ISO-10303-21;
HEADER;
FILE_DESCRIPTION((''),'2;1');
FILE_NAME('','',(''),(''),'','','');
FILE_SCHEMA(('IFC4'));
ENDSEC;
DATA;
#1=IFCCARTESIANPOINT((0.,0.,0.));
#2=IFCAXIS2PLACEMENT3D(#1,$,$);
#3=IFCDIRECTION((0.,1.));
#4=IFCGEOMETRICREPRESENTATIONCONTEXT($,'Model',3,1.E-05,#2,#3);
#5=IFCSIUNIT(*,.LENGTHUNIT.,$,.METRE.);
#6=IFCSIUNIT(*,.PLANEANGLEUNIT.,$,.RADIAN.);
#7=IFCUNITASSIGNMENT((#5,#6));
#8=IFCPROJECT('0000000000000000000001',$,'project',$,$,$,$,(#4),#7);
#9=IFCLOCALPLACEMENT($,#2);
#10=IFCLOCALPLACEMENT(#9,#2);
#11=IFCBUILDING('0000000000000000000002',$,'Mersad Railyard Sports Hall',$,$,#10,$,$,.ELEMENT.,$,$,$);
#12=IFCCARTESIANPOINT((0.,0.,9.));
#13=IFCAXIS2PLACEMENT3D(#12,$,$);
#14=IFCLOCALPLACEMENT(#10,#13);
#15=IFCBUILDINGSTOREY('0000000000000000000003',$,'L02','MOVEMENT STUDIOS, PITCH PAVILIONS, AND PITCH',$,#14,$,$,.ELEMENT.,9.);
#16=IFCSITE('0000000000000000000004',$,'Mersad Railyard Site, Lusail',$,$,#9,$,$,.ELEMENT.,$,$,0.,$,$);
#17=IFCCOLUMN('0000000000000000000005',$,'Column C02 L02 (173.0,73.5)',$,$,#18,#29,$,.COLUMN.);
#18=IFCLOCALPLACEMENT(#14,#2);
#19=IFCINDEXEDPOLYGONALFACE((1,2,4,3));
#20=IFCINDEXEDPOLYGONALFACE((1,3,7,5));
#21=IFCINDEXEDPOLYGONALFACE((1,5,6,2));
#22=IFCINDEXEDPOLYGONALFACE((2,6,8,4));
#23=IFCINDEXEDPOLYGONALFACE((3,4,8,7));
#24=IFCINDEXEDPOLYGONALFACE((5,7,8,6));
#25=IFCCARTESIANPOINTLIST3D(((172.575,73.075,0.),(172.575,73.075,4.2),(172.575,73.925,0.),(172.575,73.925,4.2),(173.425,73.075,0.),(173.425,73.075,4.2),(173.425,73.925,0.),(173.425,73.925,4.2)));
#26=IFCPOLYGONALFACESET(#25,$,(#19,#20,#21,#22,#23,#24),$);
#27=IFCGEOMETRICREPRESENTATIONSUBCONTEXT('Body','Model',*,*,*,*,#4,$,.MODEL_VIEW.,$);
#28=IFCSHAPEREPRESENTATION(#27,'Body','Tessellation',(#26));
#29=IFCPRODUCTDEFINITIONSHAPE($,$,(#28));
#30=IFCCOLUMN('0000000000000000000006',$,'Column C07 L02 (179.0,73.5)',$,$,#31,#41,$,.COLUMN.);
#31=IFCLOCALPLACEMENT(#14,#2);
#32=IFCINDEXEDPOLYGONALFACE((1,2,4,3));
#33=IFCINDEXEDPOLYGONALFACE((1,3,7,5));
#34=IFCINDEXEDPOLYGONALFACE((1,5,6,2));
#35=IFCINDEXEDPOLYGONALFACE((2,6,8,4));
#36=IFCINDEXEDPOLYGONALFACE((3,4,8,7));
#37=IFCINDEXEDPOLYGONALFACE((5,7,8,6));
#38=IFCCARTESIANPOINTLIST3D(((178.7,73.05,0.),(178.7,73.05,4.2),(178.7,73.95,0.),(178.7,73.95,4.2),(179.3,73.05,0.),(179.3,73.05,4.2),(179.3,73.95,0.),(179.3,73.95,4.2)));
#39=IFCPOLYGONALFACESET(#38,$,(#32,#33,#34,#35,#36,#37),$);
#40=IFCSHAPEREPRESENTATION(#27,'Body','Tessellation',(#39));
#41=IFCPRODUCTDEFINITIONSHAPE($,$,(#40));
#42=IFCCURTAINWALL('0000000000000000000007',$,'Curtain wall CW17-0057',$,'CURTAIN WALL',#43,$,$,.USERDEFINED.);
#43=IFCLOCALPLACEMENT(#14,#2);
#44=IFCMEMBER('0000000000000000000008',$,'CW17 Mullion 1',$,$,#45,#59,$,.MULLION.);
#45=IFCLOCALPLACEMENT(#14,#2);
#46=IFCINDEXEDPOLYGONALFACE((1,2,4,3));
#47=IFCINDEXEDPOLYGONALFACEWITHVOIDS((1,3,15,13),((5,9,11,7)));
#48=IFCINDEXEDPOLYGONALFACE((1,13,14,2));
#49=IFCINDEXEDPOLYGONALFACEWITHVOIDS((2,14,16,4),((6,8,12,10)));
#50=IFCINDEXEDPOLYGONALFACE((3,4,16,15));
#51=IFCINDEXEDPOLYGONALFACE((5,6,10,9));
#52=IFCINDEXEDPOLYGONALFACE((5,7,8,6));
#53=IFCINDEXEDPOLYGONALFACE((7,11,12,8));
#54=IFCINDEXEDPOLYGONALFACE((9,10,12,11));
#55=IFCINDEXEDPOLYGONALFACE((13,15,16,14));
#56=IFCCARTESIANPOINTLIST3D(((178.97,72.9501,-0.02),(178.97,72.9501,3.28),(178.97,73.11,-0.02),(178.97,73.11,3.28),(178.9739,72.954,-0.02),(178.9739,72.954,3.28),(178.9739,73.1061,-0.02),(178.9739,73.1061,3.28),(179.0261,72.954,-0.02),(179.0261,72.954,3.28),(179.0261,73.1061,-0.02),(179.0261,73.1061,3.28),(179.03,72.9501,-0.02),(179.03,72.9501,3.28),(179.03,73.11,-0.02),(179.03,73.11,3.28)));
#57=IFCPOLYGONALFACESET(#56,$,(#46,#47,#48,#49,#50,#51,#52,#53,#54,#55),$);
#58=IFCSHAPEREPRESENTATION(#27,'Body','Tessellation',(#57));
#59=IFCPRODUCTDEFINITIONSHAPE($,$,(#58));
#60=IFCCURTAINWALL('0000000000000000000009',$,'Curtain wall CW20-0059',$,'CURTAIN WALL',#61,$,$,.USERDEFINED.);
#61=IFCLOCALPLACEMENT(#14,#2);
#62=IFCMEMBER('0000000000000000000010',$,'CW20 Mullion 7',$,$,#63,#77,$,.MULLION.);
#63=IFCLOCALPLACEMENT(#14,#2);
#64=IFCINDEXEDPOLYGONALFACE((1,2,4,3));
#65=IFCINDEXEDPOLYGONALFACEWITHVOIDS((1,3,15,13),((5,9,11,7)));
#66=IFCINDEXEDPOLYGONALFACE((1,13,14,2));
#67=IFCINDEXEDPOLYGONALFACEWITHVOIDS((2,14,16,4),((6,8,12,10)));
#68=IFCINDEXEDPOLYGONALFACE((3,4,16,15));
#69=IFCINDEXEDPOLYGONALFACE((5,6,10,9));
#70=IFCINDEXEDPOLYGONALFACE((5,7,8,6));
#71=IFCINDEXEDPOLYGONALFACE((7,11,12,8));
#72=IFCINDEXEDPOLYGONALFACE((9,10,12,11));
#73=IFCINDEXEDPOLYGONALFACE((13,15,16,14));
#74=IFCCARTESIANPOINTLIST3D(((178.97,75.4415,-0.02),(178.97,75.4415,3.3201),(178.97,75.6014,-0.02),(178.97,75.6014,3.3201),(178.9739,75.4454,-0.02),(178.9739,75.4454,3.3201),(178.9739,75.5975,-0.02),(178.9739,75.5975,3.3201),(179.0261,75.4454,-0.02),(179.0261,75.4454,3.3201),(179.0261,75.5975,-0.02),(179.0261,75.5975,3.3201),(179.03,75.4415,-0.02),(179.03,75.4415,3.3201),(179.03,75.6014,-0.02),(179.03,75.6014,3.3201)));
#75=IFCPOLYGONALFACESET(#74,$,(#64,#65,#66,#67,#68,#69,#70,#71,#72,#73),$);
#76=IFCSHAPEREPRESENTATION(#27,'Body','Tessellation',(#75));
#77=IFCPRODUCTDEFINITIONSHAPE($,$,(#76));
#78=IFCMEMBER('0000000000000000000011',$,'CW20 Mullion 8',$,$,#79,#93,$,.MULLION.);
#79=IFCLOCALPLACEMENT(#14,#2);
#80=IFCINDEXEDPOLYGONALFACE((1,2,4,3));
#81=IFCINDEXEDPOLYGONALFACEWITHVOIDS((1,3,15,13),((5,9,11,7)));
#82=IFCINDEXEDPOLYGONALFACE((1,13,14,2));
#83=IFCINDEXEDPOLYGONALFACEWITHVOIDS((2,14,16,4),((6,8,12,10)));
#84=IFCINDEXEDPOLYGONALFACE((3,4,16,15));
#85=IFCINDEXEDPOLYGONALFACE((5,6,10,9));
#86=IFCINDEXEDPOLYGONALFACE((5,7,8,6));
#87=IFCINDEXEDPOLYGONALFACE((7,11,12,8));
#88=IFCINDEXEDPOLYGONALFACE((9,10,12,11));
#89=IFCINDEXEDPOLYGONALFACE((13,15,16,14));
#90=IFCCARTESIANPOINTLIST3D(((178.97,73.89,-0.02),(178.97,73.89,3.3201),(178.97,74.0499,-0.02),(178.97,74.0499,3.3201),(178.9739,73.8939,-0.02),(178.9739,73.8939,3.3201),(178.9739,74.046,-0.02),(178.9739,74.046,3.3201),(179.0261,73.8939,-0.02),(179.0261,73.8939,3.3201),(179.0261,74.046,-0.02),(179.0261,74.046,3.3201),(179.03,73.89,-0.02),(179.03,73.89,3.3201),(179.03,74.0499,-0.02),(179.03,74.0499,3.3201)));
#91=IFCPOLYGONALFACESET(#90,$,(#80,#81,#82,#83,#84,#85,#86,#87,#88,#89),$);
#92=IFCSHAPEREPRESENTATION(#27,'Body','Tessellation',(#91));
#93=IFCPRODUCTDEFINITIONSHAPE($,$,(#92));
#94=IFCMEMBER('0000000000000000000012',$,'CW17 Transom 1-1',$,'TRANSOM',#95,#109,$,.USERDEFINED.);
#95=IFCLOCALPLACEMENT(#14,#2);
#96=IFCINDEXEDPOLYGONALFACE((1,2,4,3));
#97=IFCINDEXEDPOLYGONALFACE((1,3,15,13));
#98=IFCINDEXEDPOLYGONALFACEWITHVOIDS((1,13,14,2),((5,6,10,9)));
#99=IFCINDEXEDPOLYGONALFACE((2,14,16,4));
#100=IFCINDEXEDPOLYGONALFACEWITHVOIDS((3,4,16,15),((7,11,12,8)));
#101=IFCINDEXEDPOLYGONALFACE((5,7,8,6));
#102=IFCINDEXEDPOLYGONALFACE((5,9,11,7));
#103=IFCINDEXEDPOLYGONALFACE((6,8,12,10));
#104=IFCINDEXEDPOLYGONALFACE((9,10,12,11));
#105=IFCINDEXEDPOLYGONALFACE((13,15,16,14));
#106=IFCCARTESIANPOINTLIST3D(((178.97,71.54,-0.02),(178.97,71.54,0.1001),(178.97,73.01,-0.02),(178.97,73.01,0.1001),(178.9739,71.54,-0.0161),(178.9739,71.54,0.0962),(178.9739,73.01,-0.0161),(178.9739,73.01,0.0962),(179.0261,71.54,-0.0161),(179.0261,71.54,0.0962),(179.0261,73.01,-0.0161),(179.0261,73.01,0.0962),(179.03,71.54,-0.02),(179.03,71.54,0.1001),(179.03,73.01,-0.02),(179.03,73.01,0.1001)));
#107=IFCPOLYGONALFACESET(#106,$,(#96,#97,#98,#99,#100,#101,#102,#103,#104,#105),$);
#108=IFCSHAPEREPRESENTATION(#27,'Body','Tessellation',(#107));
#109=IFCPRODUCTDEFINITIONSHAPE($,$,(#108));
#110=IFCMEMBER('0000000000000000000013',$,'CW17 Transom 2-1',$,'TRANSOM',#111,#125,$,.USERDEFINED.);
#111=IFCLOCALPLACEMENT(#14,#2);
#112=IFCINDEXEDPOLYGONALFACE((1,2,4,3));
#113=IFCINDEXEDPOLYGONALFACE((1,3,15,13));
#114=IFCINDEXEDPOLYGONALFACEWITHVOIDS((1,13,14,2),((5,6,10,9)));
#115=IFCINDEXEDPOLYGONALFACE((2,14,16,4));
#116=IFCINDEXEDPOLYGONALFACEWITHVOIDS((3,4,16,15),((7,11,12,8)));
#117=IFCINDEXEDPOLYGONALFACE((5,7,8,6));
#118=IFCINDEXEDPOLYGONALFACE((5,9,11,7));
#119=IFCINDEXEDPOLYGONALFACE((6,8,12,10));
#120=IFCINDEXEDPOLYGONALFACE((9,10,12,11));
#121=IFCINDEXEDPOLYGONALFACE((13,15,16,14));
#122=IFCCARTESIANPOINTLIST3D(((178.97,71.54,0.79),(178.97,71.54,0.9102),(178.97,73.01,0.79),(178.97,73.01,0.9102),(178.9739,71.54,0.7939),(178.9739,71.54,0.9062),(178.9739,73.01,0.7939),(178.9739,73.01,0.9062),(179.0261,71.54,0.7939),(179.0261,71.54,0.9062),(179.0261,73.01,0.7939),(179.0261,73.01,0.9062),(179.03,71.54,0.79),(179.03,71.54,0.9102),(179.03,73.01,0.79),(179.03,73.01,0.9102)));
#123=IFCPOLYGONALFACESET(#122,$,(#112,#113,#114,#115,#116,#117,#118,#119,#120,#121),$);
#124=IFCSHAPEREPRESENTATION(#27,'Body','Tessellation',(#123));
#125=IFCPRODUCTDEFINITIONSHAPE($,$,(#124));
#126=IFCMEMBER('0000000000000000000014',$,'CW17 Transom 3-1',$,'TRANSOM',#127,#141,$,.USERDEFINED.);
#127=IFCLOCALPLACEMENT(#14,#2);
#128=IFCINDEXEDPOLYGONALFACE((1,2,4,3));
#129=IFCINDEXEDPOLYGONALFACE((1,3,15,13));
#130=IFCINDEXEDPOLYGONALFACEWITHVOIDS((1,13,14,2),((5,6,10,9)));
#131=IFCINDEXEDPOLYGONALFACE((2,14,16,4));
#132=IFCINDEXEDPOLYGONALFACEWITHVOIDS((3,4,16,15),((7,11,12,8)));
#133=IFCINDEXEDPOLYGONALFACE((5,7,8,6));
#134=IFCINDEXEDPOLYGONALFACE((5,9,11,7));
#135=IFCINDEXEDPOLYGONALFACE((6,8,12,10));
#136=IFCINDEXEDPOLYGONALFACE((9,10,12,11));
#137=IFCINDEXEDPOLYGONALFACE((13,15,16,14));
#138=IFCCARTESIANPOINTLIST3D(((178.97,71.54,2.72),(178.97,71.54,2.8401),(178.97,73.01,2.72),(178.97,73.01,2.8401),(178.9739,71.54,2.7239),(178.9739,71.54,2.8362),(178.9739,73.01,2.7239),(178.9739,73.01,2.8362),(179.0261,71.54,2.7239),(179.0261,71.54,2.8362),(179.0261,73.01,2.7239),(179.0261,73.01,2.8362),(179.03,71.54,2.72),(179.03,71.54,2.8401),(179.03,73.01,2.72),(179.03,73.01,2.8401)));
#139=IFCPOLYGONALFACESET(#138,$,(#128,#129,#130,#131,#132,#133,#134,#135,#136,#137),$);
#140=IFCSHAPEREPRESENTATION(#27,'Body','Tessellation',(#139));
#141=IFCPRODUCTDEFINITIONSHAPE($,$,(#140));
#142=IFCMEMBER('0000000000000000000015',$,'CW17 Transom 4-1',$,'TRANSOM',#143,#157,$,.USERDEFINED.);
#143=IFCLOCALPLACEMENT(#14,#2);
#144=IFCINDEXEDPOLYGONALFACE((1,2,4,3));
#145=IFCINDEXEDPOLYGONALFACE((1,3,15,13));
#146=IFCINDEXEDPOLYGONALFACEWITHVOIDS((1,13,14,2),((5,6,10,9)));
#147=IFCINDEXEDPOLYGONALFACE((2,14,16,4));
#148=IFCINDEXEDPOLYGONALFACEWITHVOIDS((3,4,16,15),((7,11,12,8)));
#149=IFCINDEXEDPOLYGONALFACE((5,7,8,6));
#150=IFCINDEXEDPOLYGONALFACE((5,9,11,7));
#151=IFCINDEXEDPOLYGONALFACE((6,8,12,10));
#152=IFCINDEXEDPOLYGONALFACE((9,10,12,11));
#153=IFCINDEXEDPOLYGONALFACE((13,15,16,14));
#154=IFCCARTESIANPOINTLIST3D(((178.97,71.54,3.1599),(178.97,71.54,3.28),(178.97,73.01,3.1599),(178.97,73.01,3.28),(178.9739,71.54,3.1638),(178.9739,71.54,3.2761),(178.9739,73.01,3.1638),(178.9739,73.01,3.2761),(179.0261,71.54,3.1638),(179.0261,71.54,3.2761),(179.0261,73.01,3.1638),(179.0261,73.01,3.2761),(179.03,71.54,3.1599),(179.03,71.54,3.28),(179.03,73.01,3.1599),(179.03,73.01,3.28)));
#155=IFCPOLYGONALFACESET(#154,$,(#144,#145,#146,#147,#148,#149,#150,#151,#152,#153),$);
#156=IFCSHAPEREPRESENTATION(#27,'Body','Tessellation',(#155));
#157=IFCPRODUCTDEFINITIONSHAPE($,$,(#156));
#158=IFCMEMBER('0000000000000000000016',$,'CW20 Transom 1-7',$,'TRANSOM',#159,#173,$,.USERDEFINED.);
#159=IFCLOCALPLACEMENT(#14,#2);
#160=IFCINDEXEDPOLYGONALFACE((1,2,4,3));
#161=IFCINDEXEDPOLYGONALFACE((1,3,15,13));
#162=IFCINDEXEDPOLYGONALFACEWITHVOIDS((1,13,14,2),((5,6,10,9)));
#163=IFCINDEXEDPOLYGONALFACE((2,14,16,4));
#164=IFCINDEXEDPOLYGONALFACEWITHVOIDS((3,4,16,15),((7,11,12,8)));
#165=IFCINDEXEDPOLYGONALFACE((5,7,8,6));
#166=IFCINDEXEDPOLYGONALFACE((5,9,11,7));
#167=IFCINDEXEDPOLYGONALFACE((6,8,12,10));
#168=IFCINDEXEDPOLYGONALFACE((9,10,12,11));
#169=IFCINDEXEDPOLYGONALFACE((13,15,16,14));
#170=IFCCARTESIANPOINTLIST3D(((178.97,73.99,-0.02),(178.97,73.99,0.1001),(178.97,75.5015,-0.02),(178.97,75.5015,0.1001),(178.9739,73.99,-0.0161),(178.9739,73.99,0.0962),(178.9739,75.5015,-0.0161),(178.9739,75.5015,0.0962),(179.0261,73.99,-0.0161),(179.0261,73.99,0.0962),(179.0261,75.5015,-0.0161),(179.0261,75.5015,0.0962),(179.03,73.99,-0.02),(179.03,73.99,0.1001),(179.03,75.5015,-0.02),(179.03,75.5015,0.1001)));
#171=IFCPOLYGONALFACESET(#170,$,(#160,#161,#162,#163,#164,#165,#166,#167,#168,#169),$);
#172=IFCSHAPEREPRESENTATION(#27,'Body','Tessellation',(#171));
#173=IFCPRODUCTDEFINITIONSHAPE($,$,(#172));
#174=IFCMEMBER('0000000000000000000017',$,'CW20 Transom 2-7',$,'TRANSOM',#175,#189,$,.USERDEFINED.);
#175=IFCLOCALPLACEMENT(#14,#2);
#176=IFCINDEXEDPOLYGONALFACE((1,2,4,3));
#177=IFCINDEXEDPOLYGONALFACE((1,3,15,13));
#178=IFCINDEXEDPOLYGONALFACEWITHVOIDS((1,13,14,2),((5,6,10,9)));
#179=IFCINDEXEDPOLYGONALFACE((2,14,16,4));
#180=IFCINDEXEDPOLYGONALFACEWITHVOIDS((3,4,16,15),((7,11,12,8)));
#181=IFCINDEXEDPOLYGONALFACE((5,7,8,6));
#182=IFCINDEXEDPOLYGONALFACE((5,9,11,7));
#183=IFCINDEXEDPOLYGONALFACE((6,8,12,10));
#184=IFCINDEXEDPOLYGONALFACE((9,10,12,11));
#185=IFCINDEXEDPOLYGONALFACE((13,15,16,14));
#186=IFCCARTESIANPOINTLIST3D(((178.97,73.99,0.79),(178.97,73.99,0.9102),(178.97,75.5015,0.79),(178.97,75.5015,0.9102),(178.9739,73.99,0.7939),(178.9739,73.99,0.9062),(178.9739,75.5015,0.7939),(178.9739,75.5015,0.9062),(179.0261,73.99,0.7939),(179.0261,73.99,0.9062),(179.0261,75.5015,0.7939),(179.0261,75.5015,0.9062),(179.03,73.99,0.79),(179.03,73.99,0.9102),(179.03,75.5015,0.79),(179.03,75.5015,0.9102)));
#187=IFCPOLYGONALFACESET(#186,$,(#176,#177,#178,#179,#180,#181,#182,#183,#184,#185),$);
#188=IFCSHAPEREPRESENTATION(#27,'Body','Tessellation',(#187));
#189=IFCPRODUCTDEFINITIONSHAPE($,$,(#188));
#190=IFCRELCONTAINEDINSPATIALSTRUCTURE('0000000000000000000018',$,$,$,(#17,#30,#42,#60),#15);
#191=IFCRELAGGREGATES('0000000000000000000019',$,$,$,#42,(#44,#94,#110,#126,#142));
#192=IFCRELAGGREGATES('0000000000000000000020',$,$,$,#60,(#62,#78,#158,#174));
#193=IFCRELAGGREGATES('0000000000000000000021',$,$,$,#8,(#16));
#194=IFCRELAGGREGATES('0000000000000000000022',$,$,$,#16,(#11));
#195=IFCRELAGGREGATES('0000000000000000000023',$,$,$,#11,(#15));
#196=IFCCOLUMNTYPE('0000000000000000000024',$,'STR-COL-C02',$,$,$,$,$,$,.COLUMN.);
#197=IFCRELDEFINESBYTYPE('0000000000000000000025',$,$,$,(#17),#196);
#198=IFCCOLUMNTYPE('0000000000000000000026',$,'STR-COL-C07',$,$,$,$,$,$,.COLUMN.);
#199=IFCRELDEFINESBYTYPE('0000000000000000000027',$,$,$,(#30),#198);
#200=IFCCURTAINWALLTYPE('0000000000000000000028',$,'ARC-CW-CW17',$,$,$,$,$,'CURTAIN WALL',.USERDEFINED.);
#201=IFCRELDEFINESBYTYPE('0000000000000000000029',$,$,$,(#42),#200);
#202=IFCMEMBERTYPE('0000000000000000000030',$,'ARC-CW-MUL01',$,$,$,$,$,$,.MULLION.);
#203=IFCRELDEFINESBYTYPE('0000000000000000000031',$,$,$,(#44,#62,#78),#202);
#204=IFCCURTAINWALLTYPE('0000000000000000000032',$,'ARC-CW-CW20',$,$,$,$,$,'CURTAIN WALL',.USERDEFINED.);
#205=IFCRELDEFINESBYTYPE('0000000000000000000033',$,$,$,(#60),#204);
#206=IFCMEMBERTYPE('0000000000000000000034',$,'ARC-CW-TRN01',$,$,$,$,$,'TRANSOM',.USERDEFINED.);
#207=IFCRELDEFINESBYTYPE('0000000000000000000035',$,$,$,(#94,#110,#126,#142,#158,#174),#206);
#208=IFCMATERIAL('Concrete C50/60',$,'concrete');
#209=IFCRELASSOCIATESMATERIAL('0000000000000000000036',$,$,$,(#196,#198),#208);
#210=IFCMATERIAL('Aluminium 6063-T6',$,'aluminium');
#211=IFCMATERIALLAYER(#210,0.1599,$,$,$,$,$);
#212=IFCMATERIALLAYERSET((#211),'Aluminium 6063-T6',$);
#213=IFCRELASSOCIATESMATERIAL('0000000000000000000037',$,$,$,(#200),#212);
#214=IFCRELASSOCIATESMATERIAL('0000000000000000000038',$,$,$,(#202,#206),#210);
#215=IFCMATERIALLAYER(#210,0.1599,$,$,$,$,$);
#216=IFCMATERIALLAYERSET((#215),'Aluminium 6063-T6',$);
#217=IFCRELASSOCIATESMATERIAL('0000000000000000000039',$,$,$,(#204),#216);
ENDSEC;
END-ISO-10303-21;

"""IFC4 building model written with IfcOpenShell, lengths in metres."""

from ifc_helpers import new_model, si_unit, direction, frame, origin, origin_2d, place, context, subcontext, project, spatial, rectangle, hollow_rectangle, extrude, material, layer, layer_set, material_profile, profile_set, type_object, element, aggregate, save


model = new_model("IFC4")

# Units and contexts
model_context = context("Model", 3, precision=1e-05, world=origin(), true_north=direction((0.0, 1.0)))
body_context = subcontext(model_context, "Body", "Model", "MODEL_VIEW")
ifc_project = project(units=[si_unit("LENGTHUNIT", "METRE"), si_unit("PLANEANGLEUNIT", "RADIAN")], contexts=[model_context])

# Site, building, storey
site_placement = place(None, origin())
site = spatial("IfcSite", under=ifc_project, at=site_placement, Name="Mersad Railyard Site, Lusail", CompositionType="ELEMENT", RefElevation=0.0)
building_placement = place(site_placement, origin())
building = spatial("IfcBuilding", under=site, at=building_placement, Name="Mersad Railyard Sports Hall", CompositionType="ELEMENT")
storey_placement = place(building_placement, frame((0.0, 0.0, 9.0)))
storey = spatial("IfcBuildingStorey", under=building, at=storey_placement, Name="L02", Description="MOVEMENT STUDIOS, PITCH PAVILIONS, AND PITCH", CompositionType="ELEMENT", Elevation=9.0)

# Columns
ifc_material_1 = material(Name="Concrete C50/60", Category="concrete")
ifc_material_profile_1 = material_profile(ifc_material_1, rectangle(XDim=0.8501, YDim=0.8501, at=origin_2d()), Name="RC 850x850")
ifc_profile_set_1 = profile_set([ifc_material_profile_1], Name="Concrete C50/60")
column_type_1 = type_object("IfcColumnType", Name="STR-COL-C02", PredefinedType="COLUMN", material=ifc_profile_set_1)
column_1_placement = place(storey_placement, frame((173.0, 73.5, 0.0), z_axis=(0.0, 0.0, 1.0), x_axis=(1.0, 0.0, 0.0)))
element("IfcColumn", 1, at=column_1_placement, inside=storey, type_object=column_type_1, Name="Column C02 L02 (173.0,73.5)", PredefinedType="COLUMN", context=body_context, shape_type="SweptSolid", body=[
    extrude(rectangle(XDim=0.8501, YDim=0.8501, at=origin_2d()), origin(), (0.0, 0.0, 1.0), 4.2),
])
ifc_material_profile_2 = material_profile(ifc_material_1, rectangle(XDim=0.6001, YDim=0.8999, at=origin_2d()), Name="RC 600x900")
ifc_profile_set_2 = profile_set([ifc_material_profile_2], Name="Concrete C50/60")
column_type_2 = type_object("IfcColumnType", Name="STR-COL-C07", PredefinedType="COLUMN", material=ifc_profile_set_2)
column_2_placement = place(storey_placement, frame((179.0, 73.5, 0.0), z_axis=(0.0, 0.0, 1.0), x_axis=(1.0, 0.0, 0.0)))
element("IfcColumn", 2, at=column_2_placement, inside=storey, type_object=column_type_2, Name="Column C07 L02 (179.0,73.5)", PredefinedType="COLUMN", context=body_context, shape_type="SweptSolid", body=[
    extrude(rectangle(XDim=0.6001, YDim=0.8999, at=origin_2d()), origin(), (0.0, 0.0, 1.0), 4.2),
])

# Curtain wall, member
ifc_material_2 = material(Name="Aluminium 6063-T6", Category="aluminium")
ifc_layer_1 = layer(ifc_material_2, 0.1599)
ifc_layer_set_1 = layer_set([ifc_layer_1], Name="Aluminium 6063-T6")
curtain_wall_type_1 = type_object("IfcCurtainWallType", Name="ARC-CW-CW17", ElementType="CURTAIN WALL", PredefinedType="USERDEFINED", material=ifc_layer_set_1)
curtain_wall_1_placement = place(storey_placement, origin())
curtain_wall_1 = element("IfcCurtainWall", 3, at=curtain_wall_1_placement, inside=storey, type_object=curtain_wall_type_1, Name="Curtain wall CW17-0057", ObjectType="CURTAIN WALL", PredefinedType="USERDEFINED")
ifc_material_profile_3 = material_profile(ifc_material_2, hollow_rectangle(XDim=0.0601, YDim=0.1599, WallThickness=0.0039, at=origin_2d()), Name="AL MULLION 60x160x4")
ifc_profile_set_3 = profile_set([ifc_material_profile_3], Name="Aluminium 6063-T6")
member_type_1 = type_object("IfcMemberType", Name="ARC-CW-MUL01", PredefinedType="MULLION", material=ifc_profile_set_3)
member_1_placement = place(storey_placement, frame((179.0, 73.03, -0.02), z_axis=(0.0, 0.0, 1.0), x_axis=(1.0, 0.0, 0.0)))
member_1 = element("IfcMember", 4, at=member_1_placement, type_object=member_type_1, Name="CW17 Mullion 1", PredefinedType="MULLION", context=body_context, shape_type="SweptSolid", body=[
    extrude(hollow_rectangle(XDim=0.0601, YDim=0.1599, WallThickness=0.0039, at=origin_2d()), origin(), (0.0, 0.0, 1.0), 3.3),
])

# Curtain wall, members
ifc_layer_2 = layer(ifc_material_2, 0.1599)
ifc_layer_set_2 = layer_set([ifc_layer_2], Name="Aluminium 6063-T6")
curtain_wall_type_2 = type_object("IfcCurtainWallType", Name="ARC-CW-CW20", ElementType="CURTAIN WALL", PredefinedType="USERDEFINED", material=ifc_layer_set_2)
curtain_wall_2_placement = place(storey_placement, origin())
curtain_wall_2 = element("IfcCurtainWall", 5, at=curtain_wall_2_placement, inside=storey, type_object=curtain_wall_type_2, Name="Curtain wall CW20-0059", ObjectType="CURTAIN WALL", PredefinedType="USERDEFINED")
member_2_placement = place(storey_placement, frame((179.0, 75.5215, -0.02), z_axis=(0.0, 0.0, 1.0), x_axis=(1.0, 0.0, 0.0)))
member_2 = element("IfcMember", 6, at=member_2_placement, type_object=member_type_1, Name="CW20 Mullion 7", PredefinedType="MULLION", context=body_context, shape_type="SweptSolid", body=[
    extrude(hollow_rectangle(XDim=0.0601, YDim=0.1599, WallThickness=0.0039, at=origin_2d()), origin(), (0.0, 0.0, 1.0), 3.3401),
])
member_3_placement = place(storey_placement, frame((179.0, 73.97, -0.02), z_axis=(0.0, 0.0, 1.0), x_axis=(1.0, 0.0, 0.0)))
member_3 = element("IfcMember", 7, at=member_3_placement, type_object=member_type_1, Name="CW20 Mullion 8", PredefinedType="MULLION", context=body_context, shape_type="SweptSolid", body=[
    extrude(hollow_rectangle(XDim=0.0601, YDim=0.1599, WallThickness=0.0039, at=origin_2d()), origin(), (0.0, 0.0, 1.0), 3.3401),
])

# Members
ifc_material_profile_4 = material_profile(ifc_material_2, hollow_rectangle(XDim=0.0601, YDim=0.1201, WallThickness=0.0039, at=origin_2d()), Name="AL TRANSOM 60x120x4")
ifc_profile_set_4 = profile_set([ifc_material_profile_4], Name="Aluminium 6063-T6")
member_type_2 = type_object("IfcMemberType", Name="ARC-CW-TRN01", ElementType="TRANSOM", PredefinedType="USERDEFINED", material=ifc_profile_set_4)
member_4_placement = place(storey_placement, frame((179.0, 73.01, 0.04), z_axis=(0.0, -1.0, 0.0), x_axis=(1.0, 0.0, 0.0)))
member_4 = element("IfcMember", 8, at=member_4_placement, type_object=member_type_2, Name="CW17 Transom 1-1", ObjectType="TRANSOM", PredefinedType="USERDEFINED", context=body_context, shape_type="SweptSolid", body=[
    extrude(hollow_rectangle(XDim=0.0601, YDim=0.1201, WallThickness=0.0039, at=origin_2d()), origin(), (0.0, 0.0, 1.0), 1.47),
])
member_5_placement = place(storey_placement, frame((179.0, 73.01, 0.8501), z_axis=(0.0, -1.0, 0.0), x_axis=(1.0, 0.0, 0.0)))
member_5 = element("IfcMember", 9, at=member_5_placement, type_object=member_type_2, Name="CW17 Transom 2-1", ObjectType="TRANSOM", PredefinedType="USERDEFINED", context=body_context, shape_type="SweptSolid", body=[
    extrude(hollow_rectangle(XDim=0.0601, YDim=0.1201, WallThickness=0.0039, at=origin_2d()), origin(), (0.0, 0.0, 1.0), 1.47),
])
member_6_placement = place(storey_placement, frame((179.0, 73.01, 2.78), z_axis=(0.0, -1.0, 0.0), x_axis=(1.0, 0.0, 0.0)))
member_6 = element("IfcMember", 10, at=member_6_placement, type_object=member_type_2, Name="CW17 Transom 3-1", ObjectType="TRANSOM", PredefinedType="USERDEFINED", context=body_context, shape_type="SweptSolid", body=[
    extrude(hollow_rectangle(XDim=0.0601, YDim=0.1201, WallThickness=0.0039, at=origin_2d()), origin(), (0.0, 0.0, 1.0), 1.47),
])
member_7_placement = place(storey_placement, frame((179.0, 73.01, 3.22), z_axis=(0.0, -1.0, 0.0), x_axis=(1.0, 0.0, 0.0)))
member_7 = element("IfcMember", 11, at=member_7_placement, type_object=member_type_2, Name="CW17 Transom 4-1", ObjectType="TRANSOM", PredefinedType="USERDEFINED", context=body_context, shape_type="SweptSolid", body=[
    extrude(hollow_rectangle(XDim=0.0601, YDim=0.1201, WallThickness=0.0039, at=origin_2d()), origin(), (0.0, 0.0, 1.0), 1.47),
])
member_8_placement = place(storey_placement, frame((179.0, 75.5015, 0.04), z_axis=(0.0, -1.0, 0.0), x_axis=(1.0, 0.0, 0.0)))
member_8 = element("IfcMember", 12, at=member_8_placement, type_object=member_type_2, Name="CW20 Transom 1-7", ObjectType="TRANSOM", PredefinedType="USERDEFINED", context=body_context, shape_type="SweptSolid", body=[
    extrude(hollow_rectangle(XDim=0.0601, YDim=0.1201, WallThickness=0.0039, at=origin_2d()), origin(), (0.0, 0.0, 1.0), 1.5115),
])
member_9_placement = place(storey_placement, frame((179.0, 75.5015, 0.8501), z_axis=(0.0, -1.0, 0.0), x_axis=(1.0, 0.0, 0.0)))
member_9 = element("IfcMember", 13, at=member_9_placement, type_object=member_type_2, Name="CW20 Transom 2-7", ObjectType="TRANSOM", PredefinedType="USERDEFINED", context=body_context, shape_type="SweptSolid", body=[
    extrude(hollow_rectangle(XDim=0.0601, YDim=0.1201, WallThickness=0.0039, at=origin_2d()), origin(), (0.0, 0.0, 1.0), 1.5115),
])

aggregate(curtain_wall_1, [member_1, member_4, member_5, member_6, member_7])
aggregate(curtain_wall_2, [member_2, member_3, member_8, member_9])

save(model, "model.ifc")
